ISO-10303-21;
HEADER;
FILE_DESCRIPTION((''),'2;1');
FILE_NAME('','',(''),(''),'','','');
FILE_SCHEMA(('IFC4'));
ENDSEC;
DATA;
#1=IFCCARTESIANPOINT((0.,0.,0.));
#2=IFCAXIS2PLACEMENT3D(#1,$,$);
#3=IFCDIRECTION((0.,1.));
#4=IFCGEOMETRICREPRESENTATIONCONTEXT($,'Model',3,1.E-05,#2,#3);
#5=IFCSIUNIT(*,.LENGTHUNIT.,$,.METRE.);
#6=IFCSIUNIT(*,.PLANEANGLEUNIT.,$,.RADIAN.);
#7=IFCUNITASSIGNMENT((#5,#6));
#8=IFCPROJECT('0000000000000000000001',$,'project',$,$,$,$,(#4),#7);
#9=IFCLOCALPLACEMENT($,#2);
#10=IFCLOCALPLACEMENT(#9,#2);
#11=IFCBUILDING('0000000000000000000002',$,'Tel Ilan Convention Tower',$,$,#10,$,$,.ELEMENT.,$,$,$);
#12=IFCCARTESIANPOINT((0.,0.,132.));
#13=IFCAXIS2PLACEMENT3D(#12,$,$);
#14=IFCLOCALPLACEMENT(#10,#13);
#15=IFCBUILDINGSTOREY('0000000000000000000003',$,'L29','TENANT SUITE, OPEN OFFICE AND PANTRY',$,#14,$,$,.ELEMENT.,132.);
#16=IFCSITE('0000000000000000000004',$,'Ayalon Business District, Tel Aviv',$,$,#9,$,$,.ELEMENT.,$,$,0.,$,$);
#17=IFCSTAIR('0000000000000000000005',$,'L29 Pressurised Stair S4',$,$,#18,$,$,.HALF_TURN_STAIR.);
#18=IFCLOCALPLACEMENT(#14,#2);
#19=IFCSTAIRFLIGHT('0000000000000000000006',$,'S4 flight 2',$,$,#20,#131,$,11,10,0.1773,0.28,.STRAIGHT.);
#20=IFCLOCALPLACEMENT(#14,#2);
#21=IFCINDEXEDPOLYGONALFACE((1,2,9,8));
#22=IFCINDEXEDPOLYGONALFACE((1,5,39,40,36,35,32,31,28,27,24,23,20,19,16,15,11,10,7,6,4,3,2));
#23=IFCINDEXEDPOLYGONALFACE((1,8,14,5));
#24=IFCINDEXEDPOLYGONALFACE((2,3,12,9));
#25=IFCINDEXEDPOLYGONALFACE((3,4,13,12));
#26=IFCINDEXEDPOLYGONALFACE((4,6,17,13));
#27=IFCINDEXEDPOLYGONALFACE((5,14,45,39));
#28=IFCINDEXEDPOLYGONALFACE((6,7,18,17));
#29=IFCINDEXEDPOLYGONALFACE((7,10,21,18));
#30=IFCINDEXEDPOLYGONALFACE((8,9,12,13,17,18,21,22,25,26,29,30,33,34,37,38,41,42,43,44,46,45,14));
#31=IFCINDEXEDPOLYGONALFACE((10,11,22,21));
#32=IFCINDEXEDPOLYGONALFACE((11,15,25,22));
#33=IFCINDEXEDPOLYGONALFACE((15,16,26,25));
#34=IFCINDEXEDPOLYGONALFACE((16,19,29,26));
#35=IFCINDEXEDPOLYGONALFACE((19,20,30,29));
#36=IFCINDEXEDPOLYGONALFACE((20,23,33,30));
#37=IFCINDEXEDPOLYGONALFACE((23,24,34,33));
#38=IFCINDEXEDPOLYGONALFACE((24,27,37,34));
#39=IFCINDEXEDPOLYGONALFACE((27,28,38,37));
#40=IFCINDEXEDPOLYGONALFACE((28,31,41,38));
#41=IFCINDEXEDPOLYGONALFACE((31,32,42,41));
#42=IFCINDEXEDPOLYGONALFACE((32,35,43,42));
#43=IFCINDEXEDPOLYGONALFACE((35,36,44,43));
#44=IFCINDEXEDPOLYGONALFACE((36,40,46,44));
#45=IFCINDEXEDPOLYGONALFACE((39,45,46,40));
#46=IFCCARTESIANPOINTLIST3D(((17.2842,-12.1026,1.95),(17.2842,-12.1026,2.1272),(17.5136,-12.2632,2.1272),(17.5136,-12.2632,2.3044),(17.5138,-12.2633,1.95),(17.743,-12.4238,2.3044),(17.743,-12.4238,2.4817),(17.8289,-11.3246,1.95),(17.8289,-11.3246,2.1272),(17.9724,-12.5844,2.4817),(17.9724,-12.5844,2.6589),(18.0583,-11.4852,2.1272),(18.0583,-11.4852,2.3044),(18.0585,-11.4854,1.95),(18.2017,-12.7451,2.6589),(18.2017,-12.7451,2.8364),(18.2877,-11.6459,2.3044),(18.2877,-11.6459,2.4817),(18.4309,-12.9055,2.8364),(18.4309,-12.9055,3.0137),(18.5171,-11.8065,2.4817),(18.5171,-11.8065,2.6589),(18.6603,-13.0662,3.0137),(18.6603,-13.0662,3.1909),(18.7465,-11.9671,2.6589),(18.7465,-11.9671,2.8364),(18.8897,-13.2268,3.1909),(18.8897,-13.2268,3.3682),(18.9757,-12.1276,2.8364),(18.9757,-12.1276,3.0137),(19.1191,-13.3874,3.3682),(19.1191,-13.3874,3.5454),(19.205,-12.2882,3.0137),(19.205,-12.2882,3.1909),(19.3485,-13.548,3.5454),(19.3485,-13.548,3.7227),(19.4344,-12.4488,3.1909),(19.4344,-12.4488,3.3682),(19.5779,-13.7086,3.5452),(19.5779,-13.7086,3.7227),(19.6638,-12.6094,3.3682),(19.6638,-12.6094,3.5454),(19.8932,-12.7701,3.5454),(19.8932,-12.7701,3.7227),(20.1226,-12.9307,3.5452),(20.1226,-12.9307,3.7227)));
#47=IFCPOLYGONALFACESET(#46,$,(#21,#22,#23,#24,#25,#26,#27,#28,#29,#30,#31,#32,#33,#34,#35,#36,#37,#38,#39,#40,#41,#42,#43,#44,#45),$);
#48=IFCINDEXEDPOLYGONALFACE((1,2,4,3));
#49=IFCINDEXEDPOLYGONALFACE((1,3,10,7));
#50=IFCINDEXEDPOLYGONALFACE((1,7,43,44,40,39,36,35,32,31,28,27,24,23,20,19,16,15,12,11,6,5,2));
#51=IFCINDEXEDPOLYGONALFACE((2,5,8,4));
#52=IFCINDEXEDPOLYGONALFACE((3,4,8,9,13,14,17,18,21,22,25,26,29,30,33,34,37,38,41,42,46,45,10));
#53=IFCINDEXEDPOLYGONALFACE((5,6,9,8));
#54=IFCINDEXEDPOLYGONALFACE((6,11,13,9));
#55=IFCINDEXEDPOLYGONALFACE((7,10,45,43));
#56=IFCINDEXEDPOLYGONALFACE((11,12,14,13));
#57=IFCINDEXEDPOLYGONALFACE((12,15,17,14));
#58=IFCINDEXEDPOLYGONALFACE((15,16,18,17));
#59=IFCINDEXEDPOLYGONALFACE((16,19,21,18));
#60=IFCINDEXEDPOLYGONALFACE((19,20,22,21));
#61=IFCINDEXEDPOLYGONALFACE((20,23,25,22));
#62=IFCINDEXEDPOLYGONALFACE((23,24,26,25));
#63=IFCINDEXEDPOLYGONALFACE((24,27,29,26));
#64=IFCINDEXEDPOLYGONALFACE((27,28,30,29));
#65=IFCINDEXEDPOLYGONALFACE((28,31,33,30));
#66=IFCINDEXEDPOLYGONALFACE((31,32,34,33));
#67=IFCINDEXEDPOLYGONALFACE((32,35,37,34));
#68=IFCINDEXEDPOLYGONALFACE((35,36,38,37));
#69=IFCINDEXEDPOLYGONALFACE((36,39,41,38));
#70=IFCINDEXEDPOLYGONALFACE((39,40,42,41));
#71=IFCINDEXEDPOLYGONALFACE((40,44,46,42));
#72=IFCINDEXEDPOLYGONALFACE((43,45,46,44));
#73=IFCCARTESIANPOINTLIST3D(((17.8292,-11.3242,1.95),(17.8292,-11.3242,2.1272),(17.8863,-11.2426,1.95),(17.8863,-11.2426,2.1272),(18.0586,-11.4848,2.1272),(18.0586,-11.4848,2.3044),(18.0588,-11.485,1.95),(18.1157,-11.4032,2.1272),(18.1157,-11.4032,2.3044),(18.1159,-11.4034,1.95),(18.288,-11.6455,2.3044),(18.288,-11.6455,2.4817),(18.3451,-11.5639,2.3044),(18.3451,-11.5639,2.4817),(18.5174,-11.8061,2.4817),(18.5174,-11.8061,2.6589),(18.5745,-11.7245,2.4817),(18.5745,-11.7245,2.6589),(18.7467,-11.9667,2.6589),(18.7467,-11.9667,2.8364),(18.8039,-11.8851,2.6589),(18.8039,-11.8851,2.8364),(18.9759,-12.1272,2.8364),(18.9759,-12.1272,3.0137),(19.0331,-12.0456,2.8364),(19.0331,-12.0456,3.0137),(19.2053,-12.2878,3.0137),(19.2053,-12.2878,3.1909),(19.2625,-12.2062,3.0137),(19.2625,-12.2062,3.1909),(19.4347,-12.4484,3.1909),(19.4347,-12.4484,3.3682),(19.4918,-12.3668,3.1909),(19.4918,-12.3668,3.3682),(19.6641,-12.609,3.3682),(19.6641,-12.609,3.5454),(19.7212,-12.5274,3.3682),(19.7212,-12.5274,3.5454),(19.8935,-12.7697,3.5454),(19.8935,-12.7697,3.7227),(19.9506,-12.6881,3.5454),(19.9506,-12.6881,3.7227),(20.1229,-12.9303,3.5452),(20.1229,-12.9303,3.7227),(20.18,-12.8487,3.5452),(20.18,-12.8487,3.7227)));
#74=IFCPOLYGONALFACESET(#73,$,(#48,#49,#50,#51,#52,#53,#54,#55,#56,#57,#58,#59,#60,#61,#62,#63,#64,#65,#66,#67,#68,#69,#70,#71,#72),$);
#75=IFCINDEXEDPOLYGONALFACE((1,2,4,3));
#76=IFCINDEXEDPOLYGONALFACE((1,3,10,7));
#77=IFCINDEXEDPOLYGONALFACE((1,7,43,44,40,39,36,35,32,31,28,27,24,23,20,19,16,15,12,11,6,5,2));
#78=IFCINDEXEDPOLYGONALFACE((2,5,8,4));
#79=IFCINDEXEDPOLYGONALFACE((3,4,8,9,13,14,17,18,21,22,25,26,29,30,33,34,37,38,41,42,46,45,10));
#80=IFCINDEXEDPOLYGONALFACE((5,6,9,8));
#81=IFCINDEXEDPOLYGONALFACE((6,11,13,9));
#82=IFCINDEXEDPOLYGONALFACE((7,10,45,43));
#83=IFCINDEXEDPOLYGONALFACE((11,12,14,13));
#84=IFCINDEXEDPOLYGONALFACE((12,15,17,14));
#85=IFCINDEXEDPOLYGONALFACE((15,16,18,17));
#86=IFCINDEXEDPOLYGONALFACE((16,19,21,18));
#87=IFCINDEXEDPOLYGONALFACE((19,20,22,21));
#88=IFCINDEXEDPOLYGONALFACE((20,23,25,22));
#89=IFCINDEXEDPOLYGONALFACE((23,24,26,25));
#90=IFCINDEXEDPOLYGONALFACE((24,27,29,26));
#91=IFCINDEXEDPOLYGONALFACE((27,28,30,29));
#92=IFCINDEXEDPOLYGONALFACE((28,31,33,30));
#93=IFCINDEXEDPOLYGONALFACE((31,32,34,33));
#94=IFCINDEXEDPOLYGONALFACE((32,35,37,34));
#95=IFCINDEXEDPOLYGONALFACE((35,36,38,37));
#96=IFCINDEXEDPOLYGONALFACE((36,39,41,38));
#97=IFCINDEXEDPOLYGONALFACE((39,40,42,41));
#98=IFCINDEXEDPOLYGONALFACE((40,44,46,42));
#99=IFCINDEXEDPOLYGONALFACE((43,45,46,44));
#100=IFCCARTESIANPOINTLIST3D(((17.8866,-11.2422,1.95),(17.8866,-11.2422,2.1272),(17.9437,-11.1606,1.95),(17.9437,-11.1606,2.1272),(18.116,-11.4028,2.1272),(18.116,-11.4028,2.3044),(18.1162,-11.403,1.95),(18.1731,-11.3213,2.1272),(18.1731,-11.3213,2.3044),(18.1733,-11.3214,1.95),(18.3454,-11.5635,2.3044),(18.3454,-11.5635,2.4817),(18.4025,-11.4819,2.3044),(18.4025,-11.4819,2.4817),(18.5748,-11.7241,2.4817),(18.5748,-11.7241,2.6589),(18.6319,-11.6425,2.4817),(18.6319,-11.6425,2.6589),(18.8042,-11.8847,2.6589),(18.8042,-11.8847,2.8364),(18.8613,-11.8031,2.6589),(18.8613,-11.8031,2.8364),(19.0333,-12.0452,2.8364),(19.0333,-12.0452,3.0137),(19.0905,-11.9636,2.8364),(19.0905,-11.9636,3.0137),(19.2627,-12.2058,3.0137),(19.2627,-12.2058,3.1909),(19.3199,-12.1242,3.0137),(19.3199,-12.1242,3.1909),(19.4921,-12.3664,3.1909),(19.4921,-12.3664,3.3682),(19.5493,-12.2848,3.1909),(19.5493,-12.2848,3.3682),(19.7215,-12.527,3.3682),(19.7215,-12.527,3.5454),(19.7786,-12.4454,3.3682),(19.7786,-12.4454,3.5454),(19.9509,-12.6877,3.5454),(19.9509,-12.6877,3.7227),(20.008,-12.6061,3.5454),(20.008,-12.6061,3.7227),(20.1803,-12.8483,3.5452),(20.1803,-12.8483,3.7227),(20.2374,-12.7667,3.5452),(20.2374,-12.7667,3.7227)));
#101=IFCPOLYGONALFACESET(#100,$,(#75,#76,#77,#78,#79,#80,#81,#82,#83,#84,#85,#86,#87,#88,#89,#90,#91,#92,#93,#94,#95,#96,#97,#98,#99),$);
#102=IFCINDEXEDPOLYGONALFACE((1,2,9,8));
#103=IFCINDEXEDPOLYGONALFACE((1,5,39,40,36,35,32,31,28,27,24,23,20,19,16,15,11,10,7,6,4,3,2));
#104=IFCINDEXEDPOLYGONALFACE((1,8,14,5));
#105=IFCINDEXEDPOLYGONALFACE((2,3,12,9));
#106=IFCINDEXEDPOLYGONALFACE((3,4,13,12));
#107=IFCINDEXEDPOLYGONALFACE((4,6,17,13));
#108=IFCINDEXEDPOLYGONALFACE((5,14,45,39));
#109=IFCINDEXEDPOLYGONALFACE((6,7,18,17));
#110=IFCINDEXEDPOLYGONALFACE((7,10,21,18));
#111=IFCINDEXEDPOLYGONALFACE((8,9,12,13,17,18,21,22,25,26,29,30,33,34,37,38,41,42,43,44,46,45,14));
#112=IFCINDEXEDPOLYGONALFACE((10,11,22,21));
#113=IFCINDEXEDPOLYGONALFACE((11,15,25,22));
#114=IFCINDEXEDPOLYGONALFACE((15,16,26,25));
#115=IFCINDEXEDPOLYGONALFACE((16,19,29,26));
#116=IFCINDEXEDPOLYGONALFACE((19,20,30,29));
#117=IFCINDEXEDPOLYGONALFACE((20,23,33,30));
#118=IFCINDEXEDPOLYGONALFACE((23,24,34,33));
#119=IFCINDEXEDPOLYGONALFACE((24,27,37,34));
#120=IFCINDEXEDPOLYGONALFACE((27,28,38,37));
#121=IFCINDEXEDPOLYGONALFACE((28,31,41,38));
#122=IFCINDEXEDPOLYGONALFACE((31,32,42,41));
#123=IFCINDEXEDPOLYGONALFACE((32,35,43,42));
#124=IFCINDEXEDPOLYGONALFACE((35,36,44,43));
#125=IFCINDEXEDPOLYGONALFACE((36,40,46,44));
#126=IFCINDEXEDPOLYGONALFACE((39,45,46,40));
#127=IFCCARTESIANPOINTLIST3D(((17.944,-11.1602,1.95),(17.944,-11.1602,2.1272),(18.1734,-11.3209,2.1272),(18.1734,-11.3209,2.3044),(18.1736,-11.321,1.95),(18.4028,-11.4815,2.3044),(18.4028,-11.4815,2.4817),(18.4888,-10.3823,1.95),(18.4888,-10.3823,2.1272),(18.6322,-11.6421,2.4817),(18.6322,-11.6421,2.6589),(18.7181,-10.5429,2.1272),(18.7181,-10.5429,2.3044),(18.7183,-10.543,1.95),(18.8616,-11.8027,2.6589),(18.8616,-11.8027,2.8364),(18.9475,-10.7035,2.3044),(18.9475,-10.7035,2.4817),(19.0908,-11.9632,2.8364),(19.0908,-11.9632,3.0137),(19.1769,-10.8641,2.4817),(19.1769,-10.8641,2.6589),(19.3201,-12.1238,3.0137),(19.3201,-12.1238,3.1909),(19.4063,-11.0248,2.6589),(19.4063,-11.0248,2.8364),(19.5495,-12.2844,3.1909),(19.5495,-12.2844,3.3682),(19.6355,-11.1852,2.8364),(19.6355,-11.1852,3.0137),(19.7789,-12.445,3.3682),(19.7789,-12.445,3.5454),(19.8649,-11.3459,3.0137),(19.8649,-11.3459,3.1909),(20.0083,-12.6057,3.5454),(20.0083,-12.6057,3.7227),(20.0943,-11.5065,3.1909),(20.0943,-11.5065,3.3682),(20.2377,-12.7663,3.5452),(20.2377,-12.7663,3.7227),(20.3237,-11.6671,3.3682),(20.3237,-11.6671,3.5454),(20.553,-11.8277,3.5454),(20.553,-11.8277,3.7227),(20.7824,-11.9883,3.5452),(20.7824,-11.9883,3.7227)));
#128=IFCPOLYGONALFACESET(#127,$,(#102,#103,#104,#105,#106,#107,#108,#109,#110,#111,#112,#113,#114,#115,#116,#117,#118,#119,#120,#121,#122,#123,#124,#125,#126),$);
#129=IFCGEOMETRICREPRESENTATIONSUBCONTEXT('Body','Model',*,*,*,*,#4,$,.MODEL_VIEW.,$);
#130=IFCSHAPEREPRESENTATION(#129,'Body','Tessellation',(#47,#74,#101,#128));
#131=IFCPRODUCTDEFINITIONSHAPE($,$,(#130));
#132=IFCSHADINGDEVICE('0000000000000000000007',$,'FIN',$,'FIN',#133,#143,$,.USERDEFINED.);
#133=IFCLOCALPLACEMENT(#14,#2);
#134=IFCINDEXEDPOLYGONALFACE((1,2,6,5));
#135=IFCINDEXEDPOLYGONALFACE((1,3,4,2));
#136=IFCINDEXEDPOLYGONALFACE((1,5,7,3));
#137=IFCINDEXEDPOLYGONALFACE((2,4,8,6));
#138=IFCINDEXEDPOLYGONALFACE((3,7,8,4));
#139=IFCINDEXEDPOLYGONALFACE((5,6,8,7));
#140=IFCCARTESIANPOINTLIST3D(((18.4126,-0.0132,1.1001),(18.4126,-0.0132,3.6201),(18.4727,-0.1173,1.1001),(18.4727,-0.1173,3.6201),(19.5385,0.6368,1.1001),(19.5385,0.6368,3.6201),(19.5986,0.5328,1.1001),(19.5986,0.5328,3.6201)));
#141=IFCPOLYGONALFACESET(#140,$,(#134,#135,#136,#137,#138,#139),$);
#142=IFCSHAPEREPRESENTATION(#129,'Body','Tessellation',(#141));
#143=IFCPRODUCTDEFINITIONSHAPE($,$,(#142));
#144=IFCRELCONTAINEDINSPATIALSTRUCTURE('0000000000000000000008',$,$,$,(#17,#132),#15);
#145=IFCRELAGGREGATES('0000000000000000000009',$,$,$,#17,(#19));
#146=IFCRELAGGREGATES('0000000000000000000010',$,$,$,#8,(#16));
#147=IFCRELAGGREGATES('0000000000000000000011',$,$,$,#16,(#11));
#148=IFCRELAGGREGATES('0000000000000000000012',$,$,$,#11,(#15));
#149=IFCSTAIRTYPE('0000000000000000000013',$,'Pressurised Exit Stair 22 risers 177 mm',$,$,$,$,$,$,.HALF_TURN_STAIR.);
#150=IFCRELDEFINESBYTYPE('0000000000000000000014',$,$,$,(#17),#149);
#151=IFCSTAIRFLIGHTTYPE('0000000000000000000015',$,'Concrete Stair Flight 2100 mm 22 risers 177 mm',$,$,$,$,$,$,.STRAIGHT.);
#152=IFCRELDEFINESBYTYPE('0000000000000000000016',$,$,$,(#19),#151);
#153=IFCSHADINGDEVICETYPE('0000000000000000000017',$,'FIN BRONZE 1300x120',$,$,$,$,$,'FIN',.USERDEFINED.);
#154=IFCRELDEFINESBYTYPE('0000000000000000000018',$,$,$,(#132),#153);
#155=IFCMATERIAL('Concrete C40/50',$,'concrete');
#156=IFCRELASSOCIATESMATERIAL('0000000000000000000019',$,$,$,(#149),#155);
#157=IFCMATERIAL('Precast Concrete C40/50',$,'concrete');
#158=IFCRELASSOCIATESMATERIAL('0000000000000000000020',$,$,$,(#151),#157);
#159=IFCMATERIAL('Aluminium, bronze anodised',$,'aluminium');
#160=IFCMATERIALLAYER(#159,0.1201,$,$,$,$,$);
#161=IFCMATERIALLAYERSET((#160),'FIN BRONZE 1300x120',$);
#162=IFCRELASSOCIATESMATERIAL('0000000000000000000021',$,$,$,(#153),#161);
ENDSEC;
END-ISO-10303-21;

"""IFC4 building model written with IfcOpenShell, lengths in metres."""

from ifc_helpers import new_model, si_unit, direction, frame, origin, origin_2d, place, context, subcontext, project, spatial, polyline, rectangle, outline, extrude, material, layer, layer_set, type_object, element, aggregate, save


model = new_model("IFC4")

# Units and contexts
model_context = context("Model", 3, precision=1e-05, world=origin(), true_north=direction((0.0, 1.0)))
body_context = subcontext(model_context, "Body", "Model", "MODEL_VIEW")
ifc_project = project(units=[si_unit("LENGTHUNIT", "METRE"), si_unit("PLANEANGLEUNIT", "RADIAN")], contexts=[model_context])

# Site, building, storey
site_placement = place(None, origin())
site = spatial("IfcSite", under=ifc_project, at=site_placement, Name="Ayalon Business District, Tel Aviv", CompositionType="ELEMENT", RefElevation=0.0)
building_placement = place(site_placement, origin())
building = spatial("IfcBuilding", under=site, at=building_placement, Name="Tel Ilan Convention Tower", CompositionType="ELEMENT")
storey_placement = place(building_placement, frame((0.0, 0.0, 132.0)))
storey = spatial("IfcBuildingStorey", under=building, at=storey_placement, Name="L29", Description="TENANT SUITE, OPEN OFFICE AND PANTRY", CompositionType="ELEMENT", Elevation=132.0)

# Shared definitions
ifc_material_1 = material(Name="Concrete C40/50", Category="concrete")
stair_type = type_object("IfcStairType", Name="Pressurised Exit Stair 22 risers 177 mm", PredefinedType="HALF_TURN_STAIR", material=ifc_material_1)
ifc_material_2 = material(Name="Precast Concrete C40/50", Category="concrete")
stair_flight_type = type_object("IfcStairFlightType", Name="Concrete Stair Flight 2100 mm 22 risers 177 mm", PredefinedType="STRAIGHT", material=ifc_material_2)

# Stair, stair flight
stair_1_placement = place(storey_placement, origin())
stair_1 = element("IfcStair", 1, at=stair_1_placement, inside=storey, type_object=stair_type, Name="L29 Pressurised Stair S4", PredefinedType="HALF_TURN_STAIR")
stair_flight_1_placement = place(storey_placement, frame((17.8865, -11.2424, 1.95), z_axis=(0.0, 0.0, 1.0), x_axis=(0.819152, -0.573576, 0.0)))
stair_flight_1 = element("IfcStairFlight", 2, at=stair_flight_1_placement, type_object=stair_flight_type, Name="S4 flight 2", NumberOfRisers=11, NumberOfTreads=10, PredefinedType="STRAIGHT", RiserHeight=0.1773, TreadLength=0.28, context=body_context, shape_type="SweptSolid", body=[
    extrude(outline(polyline([(0.0, 0.0), (0.0, 0.1772), (0.28, 0.1772), (0.28, 0.3545), (0.5601, 0.3545), (0.5601, 0.5317), (0.8401, 0.5317), (0.8401, 0.709), (1.1201, 0.709), (1.1201, 0.8865), (1.3999, 0.8865), (1.3999, 1.0637), (1.6799, 1.0637), (1.6799, 1.241), (1.96, 1.241), (1.96, 1.4182), (2.24, 1.4182), (2.24, 1.5955), (2.52, 1.5955), (2.52, 1.7727), (2.8, 1.7727), (2.8, 1.95), (2.8, 1.5952), (0.2803, 0.0), (0.0, 0.0)])), frame((0.0, -0.1003, 0.0), z_axis=(0.0, -1.0, 0.0), x_axis=(1.0, 0.0, 0.0)), (0.0, 0.0, 1.0), 0.9497),
    extrude(outline(polyline([(0.0, 0.0), (0.0, 0.1772), (0.28, 0.1772), (0.28, 0.3545), (0.5601, 0.3545), (0.5601, 0.5317), (0.8401, 0.5317), (0.8401, 0.709), (1.1201, 0.709), (1.1201, 0.8865), (1.3999, 0.8865), (1.3999, 1.0637), (1.6799, 1.0637), (1.6799, 1.241), (1.96, 1.241), (1.96, 1.4182), (2.24, 1.4182), (2.24, 1.5955), (2.52, 1.5955), (2.52, 1.7727), (2.8, 1.7727), (2.8, 1.95), (2.8, 1.5952), (0.2803, 0.0), (0.0, 0.0)])), frame((0.0, -0.0002, 0.0), z_axis=(0.0, -1.0, 0.0), x_axis=(1.0, 0.0, 0.0)), (0.0, 0.0, 1.0), 0.0996),
    extrude(outline(polyline([(0.0, 0.0), (0.0, 0.1772), (0.28, 0.1772), (0.28, 0.3545), (0.5601, 0.3545), (0.5601, 0.5317), (0.8401, 0.5317), (0.8401, 0.709), (1.1201, 0.709), (1.1201, 0.8865), (1.3999, 0.8865), (1.3999, 1.0637), (1.6799, 1.0637), (1.6799, 1.241), (1.96, 1.241), (1.96, 1.4182), (2.24, 1.4182), (2.24, 1.5955), (2.52, 1.5955), (2.52, 1.7727), (2.8, 1.7727), (2.8, 1.95), (2.8, 1.5952), (0.2803, 0.0), (0.0, 0.0)])), frame((0.0, 0.0999, 0.0), z_axis=(0.0, -1.0, 0.0), x_axis=(1.0, 0.0, 0.0)), (0.0, 0.0, 1.0), 0.0996),
    extrude(outline(polyline([(0.0, 0.0), (0.0, 0.1772), (0.28, 0.1772), (0.28, 0.3545), (0.5601, 0.3545), (0.5601, 0.5317), (0.8401, 0.5317), (0.8401, 0.709), (1.1201, 0.709), (1.1201, 0.8865), (1.3999, 0.8865), (1.3999, 1.0637), (1.6799, 1.0637), (1.6799, 1.241), (1.96, 1.241), (1.96, 1.4182), (2.24, 1.4182), (2.24, 1.5955), (2.52, 1.5955), (2.52, 1.7727), (2.8, 1.7727), (2.8, 1.95), (2.8, 1.5952), (0.2803, 0.0), (0.0, 0.0)])), frame((0.0, 1.05, 0.0), z_axis=(0.0, -1.0, 0.0), x_axis=(1.0, 0.0, 0.0)), (0.0, 0.0, 1.0), 0.9497),
])
aggregate(stair_1, [stair_flight_1])

# Shading device
ifc_material_3 = material(Name="Aluminium, bronze anodised", Category="aluminium")
ifc_layer_1 = layer(ifc_material_3, 0.1201)
ifc_layer_set_1 = layer_set([ifc_layer_1], Name="FIN BRONZE 1300x120")
shading_device_type = type_object("IfcShadingDeviceType", Name="FIN BRONZE 1300x120", ElementType="FIN", PredefinedType="USERDEFINED", material=ifc_layer_set_1)
shading_device_placement = place(storey_placement, frame((19.0056, 0.2598, 1.1001), z_axis=(0.0, 0.0, 1.0), x_axis=(0.866025, 0.5, 0.0)))
element("IfcShadingDevice", 3, at=shading_device_placement, inside=storey, type_object=shading_device_type, Name="FIN", ObjectType="FIN", PredefinedType="USERDEFINED", context=body_context, shape_type="SweptSolid", body=[
    extrude(rectangle(XDim=1.3, YDim=0.1201, at=origin_2d()), origin(), (0.0, 0.0, 1.0), 2.52),
])

save(model, "model.ifc")
